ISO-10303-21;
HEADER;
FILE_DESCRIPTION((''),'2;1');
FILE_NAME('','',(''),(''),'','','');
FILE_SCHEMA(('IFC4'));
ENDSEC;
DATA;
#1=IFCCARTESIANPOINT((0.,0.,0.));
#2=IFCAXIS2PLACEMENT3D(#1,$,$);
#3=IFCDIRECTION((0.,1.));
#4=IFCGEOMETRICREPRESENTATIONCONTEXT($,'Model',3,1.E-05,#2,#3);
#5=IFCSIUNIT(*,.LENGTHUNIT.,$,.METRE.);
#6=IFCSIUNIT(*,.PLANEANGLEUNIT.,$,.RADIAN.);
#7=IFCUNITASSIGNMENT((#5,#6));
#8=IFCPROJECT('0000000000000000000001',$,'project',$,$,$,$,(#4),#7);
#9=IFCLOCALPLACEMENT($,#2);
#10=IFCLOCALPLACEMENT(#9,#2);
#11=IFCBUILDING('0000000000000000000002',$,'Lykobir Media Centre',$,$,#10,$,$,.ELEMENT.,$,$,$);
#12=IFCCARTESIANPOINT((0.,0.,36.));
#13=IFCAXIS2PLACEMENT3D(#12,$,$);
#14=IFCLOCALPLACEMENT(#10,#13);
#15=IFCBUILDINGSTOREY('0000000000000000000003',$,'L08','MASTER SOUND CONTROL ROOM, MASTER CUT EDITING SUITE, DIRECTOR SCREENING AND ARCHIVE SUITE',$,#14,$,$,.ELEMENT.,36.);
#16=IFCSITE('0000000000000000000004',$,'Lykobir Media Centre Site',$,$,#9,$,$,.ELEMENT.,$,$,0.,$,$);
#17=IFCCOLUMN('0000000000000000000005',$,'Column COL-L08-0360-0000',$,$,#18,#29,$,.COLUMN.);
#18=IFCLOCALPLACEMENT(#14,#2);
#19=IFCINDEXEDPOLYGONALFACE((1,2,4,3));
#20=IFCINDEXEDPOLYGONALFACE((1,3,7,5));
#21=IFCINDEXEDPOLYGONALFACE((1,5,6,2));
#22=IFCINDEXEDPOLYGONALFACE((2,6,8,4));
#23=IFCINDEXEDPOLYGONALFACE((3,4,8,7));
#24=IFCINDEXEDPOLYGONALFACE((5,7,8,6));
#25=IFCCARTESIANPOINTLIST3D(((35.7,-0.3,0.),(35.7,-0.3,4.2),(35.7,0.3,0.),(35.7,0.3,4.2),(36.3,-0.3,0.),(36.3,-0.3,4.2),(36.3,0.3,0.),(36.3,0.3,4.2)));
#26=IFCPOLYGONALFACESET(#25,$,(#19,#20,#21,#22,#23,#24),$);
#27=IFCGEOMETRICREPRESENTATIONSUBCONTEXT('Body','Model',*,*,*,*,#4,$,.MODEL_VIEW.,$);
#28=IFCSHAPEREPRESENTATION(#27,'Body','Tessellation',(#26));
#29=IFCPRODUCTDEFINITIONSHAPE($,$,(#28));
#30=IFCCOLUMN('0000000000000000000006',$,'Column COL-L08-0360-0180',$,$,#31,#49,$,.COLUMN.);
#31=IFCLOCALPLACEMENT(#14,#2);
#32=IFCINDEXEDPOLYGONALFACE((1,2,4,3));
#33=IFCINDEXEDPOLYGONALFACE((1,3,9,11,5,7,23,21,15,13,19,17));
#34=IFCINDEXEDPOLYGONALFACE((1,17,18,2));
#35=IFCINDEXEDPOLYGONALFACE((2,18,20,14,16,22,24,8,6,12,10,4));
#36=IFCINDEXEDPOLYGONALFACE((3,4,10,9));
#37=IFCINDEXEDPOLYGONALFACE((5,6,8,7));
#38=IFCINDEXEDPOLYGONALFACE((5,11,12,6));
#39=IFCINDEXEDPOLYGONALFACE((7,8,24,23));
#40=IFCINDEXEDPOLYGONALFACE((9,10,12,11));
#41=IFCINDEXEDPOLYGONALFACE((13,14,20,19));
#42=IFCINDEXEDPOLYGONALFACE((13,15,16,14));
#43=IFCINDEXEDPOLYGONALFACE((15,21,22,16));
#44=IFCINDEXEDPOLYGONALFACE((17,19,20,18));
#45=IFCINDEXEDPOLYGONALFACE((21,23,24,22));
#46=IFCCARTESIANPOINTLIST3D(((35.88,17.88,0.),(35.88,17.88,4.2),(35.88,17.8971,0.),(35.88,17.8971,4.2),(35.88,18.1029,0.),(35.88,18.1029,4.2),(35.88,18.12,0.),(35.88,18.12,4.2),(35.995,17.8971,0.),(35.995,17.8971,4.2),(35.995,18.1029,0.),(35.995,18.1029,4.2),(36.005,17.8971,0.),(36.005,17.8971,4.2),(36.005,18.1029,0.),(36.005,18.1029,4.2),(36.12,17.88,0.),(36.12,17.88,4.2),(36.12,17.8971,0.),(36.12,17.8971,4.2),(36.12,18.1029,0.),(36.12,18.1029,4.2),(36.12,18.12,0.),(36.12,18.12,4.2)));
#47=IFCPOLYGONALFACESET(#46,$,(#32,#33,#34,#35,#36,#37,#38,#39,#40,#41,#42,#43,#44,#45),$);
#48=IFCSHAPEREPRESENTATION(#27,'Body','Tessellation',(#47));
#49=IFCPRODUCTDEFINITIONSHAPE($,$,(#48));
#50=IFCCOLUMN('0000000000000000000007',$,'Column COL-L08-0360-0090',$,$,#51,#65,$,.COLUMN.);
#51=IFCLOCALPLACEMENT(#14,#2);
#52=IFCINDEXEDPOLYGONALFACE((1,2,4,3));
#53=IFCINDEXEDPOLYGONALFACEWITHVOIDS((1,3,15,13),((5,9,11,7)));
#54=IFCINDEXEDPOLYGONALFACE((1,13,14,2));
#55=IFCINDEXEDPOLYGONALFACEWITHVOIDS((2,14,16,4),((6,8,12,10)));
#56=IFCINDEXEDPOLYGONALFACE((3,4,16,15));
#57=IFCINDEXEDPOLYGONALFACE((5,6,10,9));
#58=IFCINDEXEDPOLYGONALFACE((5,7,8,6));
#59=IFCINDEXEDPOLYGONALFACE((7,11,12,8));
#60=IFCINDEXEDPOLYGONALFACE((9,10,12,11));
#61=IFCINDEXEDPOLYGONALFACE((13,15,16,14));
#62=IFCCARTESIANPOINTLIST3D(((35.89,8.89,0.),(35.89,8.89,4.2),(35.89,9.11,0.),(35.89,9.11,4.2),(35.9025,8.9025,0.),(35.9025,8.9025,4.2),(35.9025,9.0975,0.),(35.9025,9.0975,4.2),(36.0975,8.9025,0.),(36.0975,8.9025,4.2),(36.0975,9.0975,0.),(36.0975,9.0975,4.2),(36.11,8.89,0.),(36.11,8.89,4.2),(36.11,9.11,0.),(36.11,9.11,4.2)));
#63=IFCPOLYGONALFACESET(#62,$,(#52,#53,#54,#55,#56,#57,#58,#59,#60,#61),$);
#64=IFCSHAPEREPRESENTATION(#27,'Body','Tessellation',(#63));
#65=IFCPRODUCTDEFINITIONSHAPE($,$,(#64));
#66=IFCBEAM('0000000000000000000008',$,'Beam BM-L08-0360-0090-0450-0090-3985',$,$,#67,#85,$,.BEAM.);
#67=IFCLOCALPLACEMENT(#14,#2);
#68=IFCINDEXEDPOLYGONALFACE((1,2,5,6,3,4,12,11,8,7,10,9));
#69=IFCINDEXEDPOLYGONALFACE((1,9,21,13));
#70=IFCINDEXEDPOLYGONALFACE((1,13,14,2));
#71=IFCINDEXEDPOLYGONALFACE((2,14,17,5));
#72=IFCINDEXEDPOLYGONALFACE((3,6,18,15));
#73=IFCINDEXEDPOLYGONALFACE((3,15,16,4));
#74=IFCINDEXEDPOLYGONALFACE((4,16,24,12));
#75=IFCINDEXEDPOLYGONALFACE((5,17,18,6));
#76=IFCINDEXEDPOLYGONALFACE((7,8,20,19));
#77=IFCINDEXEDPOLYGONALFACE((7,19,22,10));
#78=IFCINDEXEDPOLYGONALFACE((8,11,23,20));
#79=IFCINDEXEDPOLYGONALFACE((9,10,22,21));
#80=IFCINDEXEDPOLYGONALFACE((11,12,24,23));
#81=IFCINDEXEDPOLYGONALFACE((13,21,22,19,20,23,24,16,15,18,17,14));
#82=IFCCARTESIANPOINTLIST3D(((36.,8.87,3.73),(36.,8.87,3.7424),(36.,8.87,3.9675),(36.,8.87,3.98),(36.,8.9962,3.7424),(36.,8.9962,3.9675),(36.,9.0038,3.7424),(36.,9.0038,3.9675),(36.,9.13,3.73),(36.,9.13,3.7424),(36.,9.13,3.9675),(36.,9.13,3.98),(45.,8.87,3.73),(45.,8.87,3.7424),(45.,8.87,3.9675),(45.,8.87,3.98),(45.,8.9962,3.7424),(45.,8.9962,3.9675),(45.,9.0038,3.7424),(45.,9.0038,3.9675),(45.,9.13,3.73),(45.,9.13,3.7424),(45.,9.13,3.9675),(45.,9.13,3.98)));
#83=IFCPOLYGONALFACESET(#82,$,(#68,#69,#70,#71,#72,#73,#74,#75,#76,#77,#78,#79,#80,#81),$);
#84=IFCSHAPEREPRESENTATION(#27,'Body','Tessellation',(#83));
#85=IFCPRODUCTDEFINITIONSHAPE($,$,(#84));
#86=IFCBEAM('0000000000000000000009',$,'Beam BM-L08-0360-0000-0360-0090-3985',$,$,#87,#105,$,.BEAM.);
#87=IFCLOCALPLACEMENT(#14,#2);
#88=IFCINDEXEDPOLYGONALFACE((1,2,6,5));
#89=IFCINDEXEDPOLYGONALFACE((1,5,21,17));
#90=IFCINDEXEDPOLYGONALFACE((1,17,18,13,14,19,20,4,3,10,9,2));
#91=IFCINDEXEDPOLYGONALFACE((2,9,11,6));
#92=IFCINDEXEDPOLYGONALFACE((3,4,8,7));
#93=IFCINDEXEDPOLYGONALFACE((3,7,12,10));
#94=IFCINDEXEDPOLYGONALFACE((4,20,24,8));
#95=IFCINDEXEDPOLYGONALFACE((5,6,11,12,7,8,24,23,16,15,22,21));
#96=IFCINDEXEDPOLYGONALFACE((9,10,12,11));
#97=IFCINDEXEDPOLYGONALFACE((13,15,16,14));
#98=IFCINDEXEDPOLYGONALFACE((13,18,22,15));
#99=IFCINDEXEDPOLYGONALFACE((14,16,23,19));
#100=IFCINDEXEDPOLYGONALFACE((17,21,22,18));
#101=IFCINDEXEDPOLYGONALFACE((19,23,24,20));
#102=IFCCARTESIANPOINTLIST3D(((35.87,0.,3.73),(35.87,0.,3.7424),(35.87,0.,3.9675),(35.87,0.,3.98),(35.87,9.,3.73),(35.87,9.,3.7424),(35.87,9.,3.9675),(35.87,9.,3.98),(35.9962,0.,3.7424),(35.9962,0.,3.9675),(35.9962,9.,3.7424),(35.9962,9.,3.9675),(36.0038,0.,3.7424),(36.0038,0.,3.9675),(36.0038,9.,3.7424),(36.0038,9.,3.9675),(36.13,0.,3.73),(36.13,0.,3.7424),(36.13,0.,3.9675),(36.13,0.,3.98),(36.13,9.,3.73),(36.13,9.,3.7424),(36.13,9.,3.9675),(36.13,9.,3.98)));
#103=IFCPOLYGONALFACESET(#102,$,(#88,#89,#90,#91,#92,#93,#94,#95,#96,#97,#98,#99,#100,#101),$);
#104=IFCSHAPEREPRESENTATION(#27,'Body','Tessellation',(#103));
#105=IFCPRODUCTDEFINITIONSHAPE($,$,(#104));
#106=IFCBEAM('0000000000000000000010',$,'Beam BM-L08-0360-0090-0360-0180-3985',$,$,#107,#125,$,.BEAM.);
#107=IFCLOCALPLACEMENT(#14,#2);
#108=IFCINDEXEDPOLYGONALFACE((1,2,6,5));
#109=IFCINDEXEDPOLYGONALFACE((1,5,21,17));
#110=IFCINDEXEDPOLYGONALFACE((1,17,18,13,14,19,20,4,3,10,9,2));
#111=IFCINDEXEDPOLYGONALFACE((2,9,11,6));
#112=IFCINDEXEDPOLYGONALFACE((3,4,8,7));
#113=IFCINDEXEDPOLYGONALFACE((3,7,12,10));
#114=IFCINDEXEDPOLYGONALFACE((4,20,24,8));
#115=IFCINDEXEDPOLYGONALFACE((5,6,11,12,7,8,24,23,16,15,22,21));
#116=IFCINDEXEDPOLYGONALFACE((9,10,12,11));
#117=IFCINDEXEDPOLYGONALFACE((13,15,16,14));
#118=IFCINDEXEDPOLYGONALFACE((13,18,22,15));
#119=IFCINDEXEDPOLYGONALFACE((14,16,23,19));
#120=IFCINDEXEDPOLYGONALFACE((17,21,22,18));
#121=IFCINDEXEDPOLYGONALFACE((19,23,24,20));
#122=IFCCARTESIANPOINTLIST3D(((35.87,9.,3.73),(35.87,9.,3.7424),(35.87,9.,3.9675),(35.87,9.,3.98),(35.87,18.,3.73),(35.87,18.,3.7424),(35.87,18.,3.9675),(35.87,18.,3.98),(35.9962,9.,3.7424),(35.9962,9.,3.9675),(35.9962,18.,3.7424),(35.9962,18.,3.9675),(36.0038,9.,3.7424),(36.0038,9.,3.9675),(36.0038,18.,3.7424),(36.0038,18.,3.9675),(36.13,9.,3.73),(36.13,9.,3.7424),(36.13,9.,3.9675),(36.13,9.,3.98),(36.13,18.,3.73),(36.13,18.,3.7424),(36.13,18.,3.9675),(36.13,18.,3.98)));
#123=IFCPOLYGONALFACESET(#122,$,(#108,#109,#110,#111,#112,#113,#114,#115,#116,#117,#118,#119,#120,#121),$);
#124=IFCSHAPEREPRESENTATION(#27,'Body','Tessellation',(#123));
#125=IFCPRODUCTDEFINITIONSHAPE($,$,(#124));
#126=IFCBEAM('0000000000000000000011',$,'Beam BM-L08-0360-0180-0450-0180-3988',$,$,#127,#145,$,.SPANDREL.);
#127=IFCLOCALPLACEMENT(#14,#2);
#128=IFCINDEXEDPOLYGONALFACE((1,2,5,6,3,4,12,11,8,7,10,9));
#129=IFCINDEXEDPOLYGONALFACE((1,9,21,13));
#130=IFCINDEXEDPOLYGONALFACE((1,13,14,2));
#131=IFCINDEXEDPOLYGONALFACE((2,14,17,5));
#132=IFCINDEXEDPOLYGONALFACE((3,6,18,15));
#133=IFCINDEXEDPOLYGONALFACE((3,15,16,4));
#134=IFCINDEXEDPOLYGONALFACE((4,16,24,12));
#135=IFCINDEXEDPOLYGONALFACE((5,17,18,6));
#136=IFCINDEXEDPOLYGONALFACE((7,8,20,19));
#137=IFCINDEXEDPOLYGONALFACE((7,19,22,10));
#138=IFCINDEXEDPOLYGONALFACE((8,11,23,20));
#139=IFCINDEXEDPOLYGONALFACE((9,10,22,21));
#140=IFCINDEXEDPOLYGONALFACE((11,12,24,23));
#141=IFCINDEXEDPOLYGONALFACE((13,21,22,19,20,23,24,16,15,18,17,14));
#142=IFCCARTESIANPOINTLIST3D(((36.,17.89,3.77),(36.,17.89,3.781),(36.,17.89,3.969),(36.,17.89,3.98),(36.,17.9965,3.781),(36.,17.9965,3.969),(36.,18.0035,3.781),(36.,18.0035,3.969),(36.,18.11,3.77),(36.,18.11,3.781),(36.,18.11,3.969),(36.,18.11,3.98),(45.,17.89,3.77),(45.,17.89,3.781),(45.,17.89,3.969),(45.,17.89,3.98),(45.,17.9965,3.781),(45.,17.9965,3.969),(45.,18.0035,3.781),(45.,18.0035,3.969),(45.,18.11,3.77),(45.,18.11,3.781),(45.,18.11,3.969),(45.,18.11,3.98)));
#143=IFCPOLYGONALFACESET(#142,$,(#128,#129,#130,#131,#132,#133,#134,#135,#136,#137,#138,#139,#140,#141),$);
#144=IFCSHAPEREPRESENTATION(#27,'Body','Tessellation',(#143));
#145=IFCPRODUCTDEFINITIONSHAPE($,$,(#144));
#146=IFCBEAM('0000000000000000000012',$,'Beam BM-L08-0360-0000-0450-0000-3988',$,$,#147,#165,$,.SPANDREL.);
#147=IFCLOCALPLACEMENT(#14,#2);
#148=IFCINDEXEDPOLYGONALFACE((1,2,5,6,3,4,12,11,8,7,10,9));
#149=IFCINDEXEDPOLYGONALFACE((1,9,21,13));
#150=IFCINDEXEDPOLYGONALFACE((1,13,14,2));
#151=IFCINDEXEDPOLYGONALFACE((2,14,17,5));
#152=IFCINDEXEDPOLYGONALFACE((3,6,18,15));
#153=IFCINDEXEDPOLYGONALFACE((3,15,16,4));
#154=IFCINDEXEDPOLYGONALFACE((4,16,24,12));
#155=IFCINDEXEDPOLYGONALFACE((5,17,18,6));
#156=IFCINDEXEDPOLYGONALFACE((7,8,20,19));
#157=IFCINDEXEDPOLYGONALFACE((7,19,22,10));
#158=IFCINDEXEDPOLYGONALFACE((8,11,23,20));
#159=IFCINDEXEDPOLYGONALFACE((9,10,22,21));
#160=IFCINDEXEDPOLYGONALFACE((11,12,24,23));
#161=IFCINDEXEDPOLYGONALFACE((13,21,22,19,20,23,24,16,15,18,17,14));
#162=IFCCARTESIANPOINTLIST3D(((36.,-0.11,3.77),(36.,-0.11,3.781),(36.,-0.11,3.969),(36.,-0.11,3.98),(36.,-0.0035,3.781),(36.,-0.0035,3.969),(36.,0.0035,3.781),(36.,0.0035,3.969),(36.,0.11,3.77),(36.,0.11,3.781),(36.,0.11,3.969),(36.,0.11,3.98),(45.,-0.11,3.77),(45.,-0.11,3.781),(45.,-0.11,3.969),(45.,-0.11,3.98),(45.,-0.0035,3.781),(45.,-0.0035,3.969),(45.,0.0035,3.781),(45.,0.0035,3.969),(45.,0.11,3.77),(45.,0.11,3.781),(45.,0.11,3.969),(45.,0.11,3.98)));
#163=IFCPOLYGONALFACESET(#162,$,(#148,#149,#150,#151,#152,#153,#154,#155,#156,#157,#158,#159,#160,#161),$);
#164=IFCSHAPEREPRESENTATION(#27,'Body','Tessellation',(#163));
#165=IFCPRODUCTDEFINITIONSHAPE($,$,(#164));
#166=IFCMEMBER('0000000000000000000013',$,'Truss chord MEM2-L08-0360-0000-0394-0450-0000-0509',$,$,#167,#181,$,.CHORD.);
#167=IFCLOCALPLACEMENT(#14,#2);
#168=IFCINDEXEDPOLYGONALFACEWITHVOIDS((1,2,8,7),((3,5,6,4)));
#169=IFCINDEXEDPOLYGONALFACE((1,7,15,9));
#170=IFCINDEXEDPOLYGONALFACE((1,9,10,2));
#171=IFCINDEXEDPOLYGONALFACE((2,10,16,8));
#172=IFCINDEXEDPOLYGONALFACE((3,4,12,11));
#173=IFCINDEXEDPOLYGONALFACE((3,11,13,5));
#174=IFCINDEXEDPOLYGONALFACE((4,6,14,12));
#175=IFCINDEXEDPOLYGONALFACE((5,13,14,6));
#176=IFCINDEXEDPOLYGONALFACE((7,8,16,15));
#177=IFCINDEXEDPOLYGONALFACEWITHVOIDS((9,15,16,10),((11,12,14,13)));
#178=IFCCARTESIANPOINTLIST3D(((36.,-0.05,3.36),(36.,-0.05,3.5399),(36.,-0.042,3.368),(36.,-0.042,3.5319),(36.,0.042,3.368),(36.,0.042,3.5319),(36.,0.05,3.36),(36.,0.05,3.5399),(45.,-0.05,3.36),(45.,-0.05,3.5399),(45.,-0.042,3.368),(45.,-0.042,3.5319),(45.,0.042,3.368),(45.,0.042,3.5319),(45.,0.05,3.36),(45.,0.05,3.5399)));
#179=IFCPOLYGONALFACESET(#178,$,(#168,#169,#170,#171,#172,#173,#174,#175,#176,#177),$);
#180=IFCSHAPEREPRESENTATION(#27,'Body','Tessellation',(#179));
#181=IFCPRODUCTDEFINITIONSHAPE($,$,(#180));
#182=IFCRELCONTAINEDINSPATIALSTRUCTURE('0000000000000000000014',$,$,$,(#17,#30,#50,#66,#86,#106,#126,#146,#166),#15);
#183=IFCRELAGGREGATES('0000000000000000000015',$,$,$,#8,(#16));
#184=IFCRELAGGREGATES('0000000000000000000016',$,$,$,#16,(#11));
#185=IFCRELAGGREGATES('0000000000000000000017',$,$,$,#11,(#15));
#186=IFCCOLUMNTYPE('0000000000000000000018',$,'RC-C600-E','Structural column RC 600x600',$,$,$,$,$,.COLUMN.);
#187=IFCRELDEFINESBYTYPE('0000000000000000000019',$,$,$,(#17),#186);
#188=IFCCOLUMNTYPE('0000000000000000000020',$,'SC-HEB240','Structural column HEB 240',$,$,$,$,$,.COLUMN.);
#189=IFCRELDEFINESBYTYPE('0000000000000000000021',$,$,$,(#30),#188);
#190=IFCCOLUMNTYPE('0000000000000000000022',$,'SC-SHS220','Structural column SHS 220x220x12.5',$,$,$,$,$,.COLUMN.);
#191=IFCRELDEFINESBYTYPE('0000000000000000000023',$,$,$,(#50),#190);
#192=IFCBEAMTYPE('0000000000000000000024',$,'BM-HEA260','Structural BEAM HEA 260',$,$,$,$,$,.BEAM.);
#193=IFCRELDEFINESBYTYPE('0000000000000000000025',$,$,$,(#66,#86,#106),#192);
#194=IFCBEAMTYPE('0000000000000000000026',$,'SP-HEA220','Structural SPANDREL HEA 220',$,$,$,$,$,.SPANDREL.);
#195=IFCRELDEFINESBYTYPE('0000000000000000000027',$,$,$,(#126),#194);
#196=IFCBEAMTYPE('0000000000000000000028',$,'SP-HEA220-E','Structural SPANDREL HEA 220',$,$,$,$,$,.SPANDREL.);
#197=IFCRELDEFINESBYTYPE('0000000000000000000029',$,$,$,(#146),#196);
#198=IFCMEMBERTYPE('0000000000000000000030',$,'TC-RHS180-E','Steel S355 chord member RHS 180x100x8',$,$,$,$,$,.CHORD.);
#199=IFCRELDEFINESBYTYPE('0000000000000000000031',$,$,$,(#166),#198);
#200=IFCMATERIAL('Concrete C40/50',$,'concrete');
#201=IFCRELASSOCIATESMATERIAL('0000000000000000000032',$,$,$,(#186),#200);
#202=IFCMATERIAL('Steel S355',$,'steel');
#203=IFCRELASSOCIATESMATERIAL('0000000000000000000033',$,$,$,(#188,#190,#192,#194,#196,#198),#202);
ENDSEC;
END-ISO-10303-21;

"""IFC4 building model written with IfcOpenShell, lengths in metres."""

from ifc_helpers import new_model, si_unit, direction, frame, origin, origin_2d, place, context, subcontext, project, spatial, rectangle, hollow_rectangle, i_section, extrude, material, material_profile, profile_set, type_object, element, save


model = new_model("IFC4")

# Units and contexts
model_context = context("Model", 3, precision=1e-05, world=origin(), true_north=direction((0.0, 1.0)))
body_context = subcontext(model_context, "Body", "Model", "MODEL_VIEW")
ifc_project = project(units=[si_unit("LENGTHUNIT", "METRE"), si_unit("PLANEANGLEUNIT", "RADIAN")], contexts=[model_context])

# Site, building, storey
site_placement = place(None, origin())
site = spatial("IfcSite", under=ifc_project, at=site_placement, Name="Lykobir Media Centre Site", CompositionType="ELEMENT", RefElevation=0.0)
building_placement = place(site_placement, origin())
building = spatial("IfcBuilding", under=site, at=building_placement, Name="Lykobir Media Centre", CompositionType="ELEMENT")
storey_placement = place(building_placement, frame((0.0, 0.0, 36.0)))
storey = spatial("IfcBuildingStorey", under=building, at=storey_placement, Name="L08", Description="MASTER SOUND CONTROL ROOM, MASTER CUT EDITING SUITE, DIRECTOR SCREENING AND ARCHIVE SUITE", CompositionType="ELEMENT", Elevation=36.0)

# Columns
ifc_material_1 = material(Name="Concrete C40/50", Category="concrete")
ifc_material_profile_1 = material_profile(ifc_material_1, rectangle(XDim=0.6001, YDim=0.6001, at=origin_2d()), Name="RC 600x600")
ifc_profile_set_1 = profile_set([ifc_material_profile_1], Name="Concrete C40/50")
column_type_1 = type_object("IfcColumnType", Name="RC-C600-E", Description="Structural column RC 600x600", PredefinedType="COLUMN", material=ifc_profile_set_1)
column_1_placement = place(storey_placement, frame((36.0, 0.0, 0.0), z_axis=(0.0, 0.0, 1.0), x_axis=(1.0, 0.0, 0.0)))
element("IfcColumn", 1, at=column_1_placement, inside=storey, type_object=column_type_1, Name="Column COL-L08-0360-0000", PredefinedType="COLUMN", context=body_context, shape_type="SweptSolid", body=[
    extrude(rectangle(XDim=0.6001, YDim=0.6001, at=origin_2d()), origin(), (0.0, 0.0, 1.0), 4.2),
])
ifc_material_2 = material(Name="Steel S355", Category="steel")
ifc_material_profile_2 = material_profile(ifc_material_2, i_section(OverallWidth=0.24, OverallDepth=0.24, WebThickness=0.01, FlangeThickness=0.0171, at=origin_2d()), Name="HEB 240")
ifc_profile_set_2 = profile_set([ifc_material_profile_2], Name="Steel S355")
column_type_2 = type_object("IfcColumnType", Name="SC-HEB240", Description="Structural column HEB 240", PredefinedType="COLUMN", material=ifc_profile_set_2)
column_2_placement = place(storey_placement, frame((36.0, 18.0, 0.0), z_axis=(0.0, 0.0, 1.0), x_axis=(1.0, 0.0, 0.0)))
element("IfcColumn", 2, at=column_2_placement, inside=storey, type_object=column_type_2, Name="Column COL-L08-0360-0180", PredefinedType="COLUMN", context=body_context, shape_type="SweptSolid", body=[
    extrude(i_section(OverallWidth=0.24, OverallDepth=0.24, WebThickness=0.01, FlangeThickness=0.0171, at=origin_2d()), origin(), (0.0, 0.0, 1.0), 4.2),
])
ifc_material_profile_3 = material_profile(ifc_material_2, hollow_rectangle(XDim=0.22, YDim=0.22, WallThickness=0.0125, at=origin_2d()), Name="SHS 220x220x12.5")
ifc_profile_set_3 = profile_set([ifc_material_profile_3], Name="Steel S355")
column_type_3 = type_object("IfcColumnType", Name="SC-SHS220", Description="Structural column SHS 220x220x12.5", PredefinedType="COLUMN", material=ifc_profile_set_3)
column_3_placement = place(storey_placement, frame((36.0, 9.0, 0.0), z_axis=(0.0, 0.0, 1.0), x_axis=(1.0, 0.0, 0.0)))
element("IfcColumn", 3, at=column_3_placement, inside=storey, type_object=column_type_3, Name="Column COL-L08-0360-0090", PredefinedType="COLUMN", context=body_context, shape_type="SweptSolid", body=[
    extrude(hollow_rectangle(XDim=0.22, YDim=0.22, WallThickness=0.0125, at=origin_2d()), origin(), (0.0, 0.0, 1.0), 4.2),
])

# Beams
ifc_material_profile_4 = material_profile(ifc_material_2, i_section(OverallWidth=0.26, OverallDepth=0.25, WebThickness=0.0076, FlangeThickness=0.0125, at=origin_2d()), Name="HEA 260")
ifc_profile_set_4 = profile_set([ifc_material_profile_4], Name="Steel S355")
beam_type_1 = type_object("IfcBeamType", Name="BM-HEA260", Description="Structural BEAM HEA 260", PredefinedType="BEAM", material=ifc_profile_set_4)
for number, where, z_axis, x_axis, name in (
    (4, (36.0, 9.0, 3.855), (1.0, 0.0, 0.0), (0.0, 1.0, 0.0), "Beam BM-L08-0360-0090-0450-0090-3985"),
    (5, (36.0, 0.0, 3.855), (0.0, 1.0, 0.0), (-1.0, 0.0, 0.0), "Beam BM-L08-0360-0000-0360-0090-3985"),
    (6, (36.0, 9.0, 3.855), (0.0, 1.0, 0.0), (-1.0, 0.0, 0.0), "Beam BM-L08-0360-0090-0360-0180-3985"),
):
    element("IfcBeam", number, at=place(storey_placement, frame(where, z_axis=z_axis, x_axis=x_axis)), inside=storey, type_object=beam_type_1, Name=name, PredefinedType="BEAM", context=body_context, shape_type="SweptSolid", body=[
        extrude(i_section(OverallWidth=0.26, OverallDepth=0.25, WebThickness=0.0076, FlangeThickness=0.0125, at=origin_2d()), origin(), (0.0, 0.0, 1.0), 9.0),
    ])
ifc_material_profile_5 = material_profile(ifc_material_2, i_section(OverallWidth=0.22, OverallDepth=0.21, WebThickness=0.0071, FlangeThickness=0.011, at=origin_2d()), Name="HEA 220")
ifc_profile_set_5 = profile_set([ifc_material_profile_5], Name="Steel S355")
beam_type_2 = type_object("IfcBeamType", Name="SP-HEA220", Description="Structural SPANDREL HEA 220", PredefinedType="SPANDREL", material=ifc_profile_set_5)
beam_1_placement = place(storey_placement, frame((36.0, 18.0, 3.875), z_axis=(1.0, 0.0, 0.0), x_axis=(0.0, 1.0, 0.0)))
element("IfcBeam", 7, at=beam_1_placement, inside=storey, type_object=beam_type_2, Name="Beam BM-L08-0360-0180-0450-0180-3988", PredefinedType="SPANDREL", context=body_context, shape_type="SweptSolid", body=[
    extrude(i_section(OverallWidth=0.22, OverallDepth=0.21, WebThickness=0.0071, FlangeThickness=0.011, at=origin_2d()), origin(), (0.0, 0.0, 1.0), 9.0),
])
ifc_material_profile_6 = material_profile(ifc_material_2, i_section(OverallWidth=0.22, OverallDepth=0.21, WebThickness=0.0071, FlangeThickness=0.011, at=origin_2d()), Name="HEA 220")
ifc_profile_set_6 = profile_set([ifc_material_profile_6], Name="Steel S355")
beam_type_3 = type_object("IfcBeamType", Name="SP-HEA220-E", Description="Structural SPANDREL HEA 220", PredefinedType="SPANDREL", material=ifc_profile_set_6)
beam_2_placement = place(storey_placement, frame((36.0, 0.0, 3.875), z_axis=(1.0, 0.0, 0.0), x_axis=(0.0, 1.0, 0.0)))
element("IfcBeam", 8, at=beam_2_placement, inside=storey, type_object=beam_type_3, Name="Beam BM-L08-0360-0000-0450-0000-3988", PredefinedType="SPANDREL", context=body_context, shape_type="SweptSolid", body=[
    extrude(i_section(OverallWidth=0.22, OverallDepth=0.21, WebThickness=0.0071, FlangeThickness=0.011, at=origin_2d()), origin(), (0.0, 0.0, 1.0), 9.0),
])

# Member
ifc_material_profile_7 = material_profile(ifc_material_2, hollow_rectangle(XDim=0.1001, YDim=0.1799, WallThickness=0.0081, at=origin_2d()), Name="RHS 180x100x8")
ifc_profile_set_7 = profile_set([ifc_material_profile_7], Name="Steel S355")
member_type = type_object("IfcMemberType", Name="TC-RHS180-E", Description="Steel S355 chord member RHS 180x100x8", PredefinedType="CHORD", material=ifc_profile_set_7)
member_placement = place(storey_placement, frame((36.0, 0.0, 3.45), z_axis=(1.0, 0.0, 0.0), x_axis=(0.0, 1.0, 0.0)))
element("IfcMember", 9, at=member_placement, inside=storey, type_object=member_type, Name="Truss chord MEM2-L08-0360-0000-0394-0450-0000-0509", PredefinedType="CHORD", context=body_context, shape_type="SweptSolid", body=[
    extrude(hollow_rectangle(XDim=0.1001, YDim=0.1799, WallThickness=0.0081, at=origin_2d()), origin(), (0.0, 0.0, 1.0), 9.0),
])

save(model, "model.ifc")
